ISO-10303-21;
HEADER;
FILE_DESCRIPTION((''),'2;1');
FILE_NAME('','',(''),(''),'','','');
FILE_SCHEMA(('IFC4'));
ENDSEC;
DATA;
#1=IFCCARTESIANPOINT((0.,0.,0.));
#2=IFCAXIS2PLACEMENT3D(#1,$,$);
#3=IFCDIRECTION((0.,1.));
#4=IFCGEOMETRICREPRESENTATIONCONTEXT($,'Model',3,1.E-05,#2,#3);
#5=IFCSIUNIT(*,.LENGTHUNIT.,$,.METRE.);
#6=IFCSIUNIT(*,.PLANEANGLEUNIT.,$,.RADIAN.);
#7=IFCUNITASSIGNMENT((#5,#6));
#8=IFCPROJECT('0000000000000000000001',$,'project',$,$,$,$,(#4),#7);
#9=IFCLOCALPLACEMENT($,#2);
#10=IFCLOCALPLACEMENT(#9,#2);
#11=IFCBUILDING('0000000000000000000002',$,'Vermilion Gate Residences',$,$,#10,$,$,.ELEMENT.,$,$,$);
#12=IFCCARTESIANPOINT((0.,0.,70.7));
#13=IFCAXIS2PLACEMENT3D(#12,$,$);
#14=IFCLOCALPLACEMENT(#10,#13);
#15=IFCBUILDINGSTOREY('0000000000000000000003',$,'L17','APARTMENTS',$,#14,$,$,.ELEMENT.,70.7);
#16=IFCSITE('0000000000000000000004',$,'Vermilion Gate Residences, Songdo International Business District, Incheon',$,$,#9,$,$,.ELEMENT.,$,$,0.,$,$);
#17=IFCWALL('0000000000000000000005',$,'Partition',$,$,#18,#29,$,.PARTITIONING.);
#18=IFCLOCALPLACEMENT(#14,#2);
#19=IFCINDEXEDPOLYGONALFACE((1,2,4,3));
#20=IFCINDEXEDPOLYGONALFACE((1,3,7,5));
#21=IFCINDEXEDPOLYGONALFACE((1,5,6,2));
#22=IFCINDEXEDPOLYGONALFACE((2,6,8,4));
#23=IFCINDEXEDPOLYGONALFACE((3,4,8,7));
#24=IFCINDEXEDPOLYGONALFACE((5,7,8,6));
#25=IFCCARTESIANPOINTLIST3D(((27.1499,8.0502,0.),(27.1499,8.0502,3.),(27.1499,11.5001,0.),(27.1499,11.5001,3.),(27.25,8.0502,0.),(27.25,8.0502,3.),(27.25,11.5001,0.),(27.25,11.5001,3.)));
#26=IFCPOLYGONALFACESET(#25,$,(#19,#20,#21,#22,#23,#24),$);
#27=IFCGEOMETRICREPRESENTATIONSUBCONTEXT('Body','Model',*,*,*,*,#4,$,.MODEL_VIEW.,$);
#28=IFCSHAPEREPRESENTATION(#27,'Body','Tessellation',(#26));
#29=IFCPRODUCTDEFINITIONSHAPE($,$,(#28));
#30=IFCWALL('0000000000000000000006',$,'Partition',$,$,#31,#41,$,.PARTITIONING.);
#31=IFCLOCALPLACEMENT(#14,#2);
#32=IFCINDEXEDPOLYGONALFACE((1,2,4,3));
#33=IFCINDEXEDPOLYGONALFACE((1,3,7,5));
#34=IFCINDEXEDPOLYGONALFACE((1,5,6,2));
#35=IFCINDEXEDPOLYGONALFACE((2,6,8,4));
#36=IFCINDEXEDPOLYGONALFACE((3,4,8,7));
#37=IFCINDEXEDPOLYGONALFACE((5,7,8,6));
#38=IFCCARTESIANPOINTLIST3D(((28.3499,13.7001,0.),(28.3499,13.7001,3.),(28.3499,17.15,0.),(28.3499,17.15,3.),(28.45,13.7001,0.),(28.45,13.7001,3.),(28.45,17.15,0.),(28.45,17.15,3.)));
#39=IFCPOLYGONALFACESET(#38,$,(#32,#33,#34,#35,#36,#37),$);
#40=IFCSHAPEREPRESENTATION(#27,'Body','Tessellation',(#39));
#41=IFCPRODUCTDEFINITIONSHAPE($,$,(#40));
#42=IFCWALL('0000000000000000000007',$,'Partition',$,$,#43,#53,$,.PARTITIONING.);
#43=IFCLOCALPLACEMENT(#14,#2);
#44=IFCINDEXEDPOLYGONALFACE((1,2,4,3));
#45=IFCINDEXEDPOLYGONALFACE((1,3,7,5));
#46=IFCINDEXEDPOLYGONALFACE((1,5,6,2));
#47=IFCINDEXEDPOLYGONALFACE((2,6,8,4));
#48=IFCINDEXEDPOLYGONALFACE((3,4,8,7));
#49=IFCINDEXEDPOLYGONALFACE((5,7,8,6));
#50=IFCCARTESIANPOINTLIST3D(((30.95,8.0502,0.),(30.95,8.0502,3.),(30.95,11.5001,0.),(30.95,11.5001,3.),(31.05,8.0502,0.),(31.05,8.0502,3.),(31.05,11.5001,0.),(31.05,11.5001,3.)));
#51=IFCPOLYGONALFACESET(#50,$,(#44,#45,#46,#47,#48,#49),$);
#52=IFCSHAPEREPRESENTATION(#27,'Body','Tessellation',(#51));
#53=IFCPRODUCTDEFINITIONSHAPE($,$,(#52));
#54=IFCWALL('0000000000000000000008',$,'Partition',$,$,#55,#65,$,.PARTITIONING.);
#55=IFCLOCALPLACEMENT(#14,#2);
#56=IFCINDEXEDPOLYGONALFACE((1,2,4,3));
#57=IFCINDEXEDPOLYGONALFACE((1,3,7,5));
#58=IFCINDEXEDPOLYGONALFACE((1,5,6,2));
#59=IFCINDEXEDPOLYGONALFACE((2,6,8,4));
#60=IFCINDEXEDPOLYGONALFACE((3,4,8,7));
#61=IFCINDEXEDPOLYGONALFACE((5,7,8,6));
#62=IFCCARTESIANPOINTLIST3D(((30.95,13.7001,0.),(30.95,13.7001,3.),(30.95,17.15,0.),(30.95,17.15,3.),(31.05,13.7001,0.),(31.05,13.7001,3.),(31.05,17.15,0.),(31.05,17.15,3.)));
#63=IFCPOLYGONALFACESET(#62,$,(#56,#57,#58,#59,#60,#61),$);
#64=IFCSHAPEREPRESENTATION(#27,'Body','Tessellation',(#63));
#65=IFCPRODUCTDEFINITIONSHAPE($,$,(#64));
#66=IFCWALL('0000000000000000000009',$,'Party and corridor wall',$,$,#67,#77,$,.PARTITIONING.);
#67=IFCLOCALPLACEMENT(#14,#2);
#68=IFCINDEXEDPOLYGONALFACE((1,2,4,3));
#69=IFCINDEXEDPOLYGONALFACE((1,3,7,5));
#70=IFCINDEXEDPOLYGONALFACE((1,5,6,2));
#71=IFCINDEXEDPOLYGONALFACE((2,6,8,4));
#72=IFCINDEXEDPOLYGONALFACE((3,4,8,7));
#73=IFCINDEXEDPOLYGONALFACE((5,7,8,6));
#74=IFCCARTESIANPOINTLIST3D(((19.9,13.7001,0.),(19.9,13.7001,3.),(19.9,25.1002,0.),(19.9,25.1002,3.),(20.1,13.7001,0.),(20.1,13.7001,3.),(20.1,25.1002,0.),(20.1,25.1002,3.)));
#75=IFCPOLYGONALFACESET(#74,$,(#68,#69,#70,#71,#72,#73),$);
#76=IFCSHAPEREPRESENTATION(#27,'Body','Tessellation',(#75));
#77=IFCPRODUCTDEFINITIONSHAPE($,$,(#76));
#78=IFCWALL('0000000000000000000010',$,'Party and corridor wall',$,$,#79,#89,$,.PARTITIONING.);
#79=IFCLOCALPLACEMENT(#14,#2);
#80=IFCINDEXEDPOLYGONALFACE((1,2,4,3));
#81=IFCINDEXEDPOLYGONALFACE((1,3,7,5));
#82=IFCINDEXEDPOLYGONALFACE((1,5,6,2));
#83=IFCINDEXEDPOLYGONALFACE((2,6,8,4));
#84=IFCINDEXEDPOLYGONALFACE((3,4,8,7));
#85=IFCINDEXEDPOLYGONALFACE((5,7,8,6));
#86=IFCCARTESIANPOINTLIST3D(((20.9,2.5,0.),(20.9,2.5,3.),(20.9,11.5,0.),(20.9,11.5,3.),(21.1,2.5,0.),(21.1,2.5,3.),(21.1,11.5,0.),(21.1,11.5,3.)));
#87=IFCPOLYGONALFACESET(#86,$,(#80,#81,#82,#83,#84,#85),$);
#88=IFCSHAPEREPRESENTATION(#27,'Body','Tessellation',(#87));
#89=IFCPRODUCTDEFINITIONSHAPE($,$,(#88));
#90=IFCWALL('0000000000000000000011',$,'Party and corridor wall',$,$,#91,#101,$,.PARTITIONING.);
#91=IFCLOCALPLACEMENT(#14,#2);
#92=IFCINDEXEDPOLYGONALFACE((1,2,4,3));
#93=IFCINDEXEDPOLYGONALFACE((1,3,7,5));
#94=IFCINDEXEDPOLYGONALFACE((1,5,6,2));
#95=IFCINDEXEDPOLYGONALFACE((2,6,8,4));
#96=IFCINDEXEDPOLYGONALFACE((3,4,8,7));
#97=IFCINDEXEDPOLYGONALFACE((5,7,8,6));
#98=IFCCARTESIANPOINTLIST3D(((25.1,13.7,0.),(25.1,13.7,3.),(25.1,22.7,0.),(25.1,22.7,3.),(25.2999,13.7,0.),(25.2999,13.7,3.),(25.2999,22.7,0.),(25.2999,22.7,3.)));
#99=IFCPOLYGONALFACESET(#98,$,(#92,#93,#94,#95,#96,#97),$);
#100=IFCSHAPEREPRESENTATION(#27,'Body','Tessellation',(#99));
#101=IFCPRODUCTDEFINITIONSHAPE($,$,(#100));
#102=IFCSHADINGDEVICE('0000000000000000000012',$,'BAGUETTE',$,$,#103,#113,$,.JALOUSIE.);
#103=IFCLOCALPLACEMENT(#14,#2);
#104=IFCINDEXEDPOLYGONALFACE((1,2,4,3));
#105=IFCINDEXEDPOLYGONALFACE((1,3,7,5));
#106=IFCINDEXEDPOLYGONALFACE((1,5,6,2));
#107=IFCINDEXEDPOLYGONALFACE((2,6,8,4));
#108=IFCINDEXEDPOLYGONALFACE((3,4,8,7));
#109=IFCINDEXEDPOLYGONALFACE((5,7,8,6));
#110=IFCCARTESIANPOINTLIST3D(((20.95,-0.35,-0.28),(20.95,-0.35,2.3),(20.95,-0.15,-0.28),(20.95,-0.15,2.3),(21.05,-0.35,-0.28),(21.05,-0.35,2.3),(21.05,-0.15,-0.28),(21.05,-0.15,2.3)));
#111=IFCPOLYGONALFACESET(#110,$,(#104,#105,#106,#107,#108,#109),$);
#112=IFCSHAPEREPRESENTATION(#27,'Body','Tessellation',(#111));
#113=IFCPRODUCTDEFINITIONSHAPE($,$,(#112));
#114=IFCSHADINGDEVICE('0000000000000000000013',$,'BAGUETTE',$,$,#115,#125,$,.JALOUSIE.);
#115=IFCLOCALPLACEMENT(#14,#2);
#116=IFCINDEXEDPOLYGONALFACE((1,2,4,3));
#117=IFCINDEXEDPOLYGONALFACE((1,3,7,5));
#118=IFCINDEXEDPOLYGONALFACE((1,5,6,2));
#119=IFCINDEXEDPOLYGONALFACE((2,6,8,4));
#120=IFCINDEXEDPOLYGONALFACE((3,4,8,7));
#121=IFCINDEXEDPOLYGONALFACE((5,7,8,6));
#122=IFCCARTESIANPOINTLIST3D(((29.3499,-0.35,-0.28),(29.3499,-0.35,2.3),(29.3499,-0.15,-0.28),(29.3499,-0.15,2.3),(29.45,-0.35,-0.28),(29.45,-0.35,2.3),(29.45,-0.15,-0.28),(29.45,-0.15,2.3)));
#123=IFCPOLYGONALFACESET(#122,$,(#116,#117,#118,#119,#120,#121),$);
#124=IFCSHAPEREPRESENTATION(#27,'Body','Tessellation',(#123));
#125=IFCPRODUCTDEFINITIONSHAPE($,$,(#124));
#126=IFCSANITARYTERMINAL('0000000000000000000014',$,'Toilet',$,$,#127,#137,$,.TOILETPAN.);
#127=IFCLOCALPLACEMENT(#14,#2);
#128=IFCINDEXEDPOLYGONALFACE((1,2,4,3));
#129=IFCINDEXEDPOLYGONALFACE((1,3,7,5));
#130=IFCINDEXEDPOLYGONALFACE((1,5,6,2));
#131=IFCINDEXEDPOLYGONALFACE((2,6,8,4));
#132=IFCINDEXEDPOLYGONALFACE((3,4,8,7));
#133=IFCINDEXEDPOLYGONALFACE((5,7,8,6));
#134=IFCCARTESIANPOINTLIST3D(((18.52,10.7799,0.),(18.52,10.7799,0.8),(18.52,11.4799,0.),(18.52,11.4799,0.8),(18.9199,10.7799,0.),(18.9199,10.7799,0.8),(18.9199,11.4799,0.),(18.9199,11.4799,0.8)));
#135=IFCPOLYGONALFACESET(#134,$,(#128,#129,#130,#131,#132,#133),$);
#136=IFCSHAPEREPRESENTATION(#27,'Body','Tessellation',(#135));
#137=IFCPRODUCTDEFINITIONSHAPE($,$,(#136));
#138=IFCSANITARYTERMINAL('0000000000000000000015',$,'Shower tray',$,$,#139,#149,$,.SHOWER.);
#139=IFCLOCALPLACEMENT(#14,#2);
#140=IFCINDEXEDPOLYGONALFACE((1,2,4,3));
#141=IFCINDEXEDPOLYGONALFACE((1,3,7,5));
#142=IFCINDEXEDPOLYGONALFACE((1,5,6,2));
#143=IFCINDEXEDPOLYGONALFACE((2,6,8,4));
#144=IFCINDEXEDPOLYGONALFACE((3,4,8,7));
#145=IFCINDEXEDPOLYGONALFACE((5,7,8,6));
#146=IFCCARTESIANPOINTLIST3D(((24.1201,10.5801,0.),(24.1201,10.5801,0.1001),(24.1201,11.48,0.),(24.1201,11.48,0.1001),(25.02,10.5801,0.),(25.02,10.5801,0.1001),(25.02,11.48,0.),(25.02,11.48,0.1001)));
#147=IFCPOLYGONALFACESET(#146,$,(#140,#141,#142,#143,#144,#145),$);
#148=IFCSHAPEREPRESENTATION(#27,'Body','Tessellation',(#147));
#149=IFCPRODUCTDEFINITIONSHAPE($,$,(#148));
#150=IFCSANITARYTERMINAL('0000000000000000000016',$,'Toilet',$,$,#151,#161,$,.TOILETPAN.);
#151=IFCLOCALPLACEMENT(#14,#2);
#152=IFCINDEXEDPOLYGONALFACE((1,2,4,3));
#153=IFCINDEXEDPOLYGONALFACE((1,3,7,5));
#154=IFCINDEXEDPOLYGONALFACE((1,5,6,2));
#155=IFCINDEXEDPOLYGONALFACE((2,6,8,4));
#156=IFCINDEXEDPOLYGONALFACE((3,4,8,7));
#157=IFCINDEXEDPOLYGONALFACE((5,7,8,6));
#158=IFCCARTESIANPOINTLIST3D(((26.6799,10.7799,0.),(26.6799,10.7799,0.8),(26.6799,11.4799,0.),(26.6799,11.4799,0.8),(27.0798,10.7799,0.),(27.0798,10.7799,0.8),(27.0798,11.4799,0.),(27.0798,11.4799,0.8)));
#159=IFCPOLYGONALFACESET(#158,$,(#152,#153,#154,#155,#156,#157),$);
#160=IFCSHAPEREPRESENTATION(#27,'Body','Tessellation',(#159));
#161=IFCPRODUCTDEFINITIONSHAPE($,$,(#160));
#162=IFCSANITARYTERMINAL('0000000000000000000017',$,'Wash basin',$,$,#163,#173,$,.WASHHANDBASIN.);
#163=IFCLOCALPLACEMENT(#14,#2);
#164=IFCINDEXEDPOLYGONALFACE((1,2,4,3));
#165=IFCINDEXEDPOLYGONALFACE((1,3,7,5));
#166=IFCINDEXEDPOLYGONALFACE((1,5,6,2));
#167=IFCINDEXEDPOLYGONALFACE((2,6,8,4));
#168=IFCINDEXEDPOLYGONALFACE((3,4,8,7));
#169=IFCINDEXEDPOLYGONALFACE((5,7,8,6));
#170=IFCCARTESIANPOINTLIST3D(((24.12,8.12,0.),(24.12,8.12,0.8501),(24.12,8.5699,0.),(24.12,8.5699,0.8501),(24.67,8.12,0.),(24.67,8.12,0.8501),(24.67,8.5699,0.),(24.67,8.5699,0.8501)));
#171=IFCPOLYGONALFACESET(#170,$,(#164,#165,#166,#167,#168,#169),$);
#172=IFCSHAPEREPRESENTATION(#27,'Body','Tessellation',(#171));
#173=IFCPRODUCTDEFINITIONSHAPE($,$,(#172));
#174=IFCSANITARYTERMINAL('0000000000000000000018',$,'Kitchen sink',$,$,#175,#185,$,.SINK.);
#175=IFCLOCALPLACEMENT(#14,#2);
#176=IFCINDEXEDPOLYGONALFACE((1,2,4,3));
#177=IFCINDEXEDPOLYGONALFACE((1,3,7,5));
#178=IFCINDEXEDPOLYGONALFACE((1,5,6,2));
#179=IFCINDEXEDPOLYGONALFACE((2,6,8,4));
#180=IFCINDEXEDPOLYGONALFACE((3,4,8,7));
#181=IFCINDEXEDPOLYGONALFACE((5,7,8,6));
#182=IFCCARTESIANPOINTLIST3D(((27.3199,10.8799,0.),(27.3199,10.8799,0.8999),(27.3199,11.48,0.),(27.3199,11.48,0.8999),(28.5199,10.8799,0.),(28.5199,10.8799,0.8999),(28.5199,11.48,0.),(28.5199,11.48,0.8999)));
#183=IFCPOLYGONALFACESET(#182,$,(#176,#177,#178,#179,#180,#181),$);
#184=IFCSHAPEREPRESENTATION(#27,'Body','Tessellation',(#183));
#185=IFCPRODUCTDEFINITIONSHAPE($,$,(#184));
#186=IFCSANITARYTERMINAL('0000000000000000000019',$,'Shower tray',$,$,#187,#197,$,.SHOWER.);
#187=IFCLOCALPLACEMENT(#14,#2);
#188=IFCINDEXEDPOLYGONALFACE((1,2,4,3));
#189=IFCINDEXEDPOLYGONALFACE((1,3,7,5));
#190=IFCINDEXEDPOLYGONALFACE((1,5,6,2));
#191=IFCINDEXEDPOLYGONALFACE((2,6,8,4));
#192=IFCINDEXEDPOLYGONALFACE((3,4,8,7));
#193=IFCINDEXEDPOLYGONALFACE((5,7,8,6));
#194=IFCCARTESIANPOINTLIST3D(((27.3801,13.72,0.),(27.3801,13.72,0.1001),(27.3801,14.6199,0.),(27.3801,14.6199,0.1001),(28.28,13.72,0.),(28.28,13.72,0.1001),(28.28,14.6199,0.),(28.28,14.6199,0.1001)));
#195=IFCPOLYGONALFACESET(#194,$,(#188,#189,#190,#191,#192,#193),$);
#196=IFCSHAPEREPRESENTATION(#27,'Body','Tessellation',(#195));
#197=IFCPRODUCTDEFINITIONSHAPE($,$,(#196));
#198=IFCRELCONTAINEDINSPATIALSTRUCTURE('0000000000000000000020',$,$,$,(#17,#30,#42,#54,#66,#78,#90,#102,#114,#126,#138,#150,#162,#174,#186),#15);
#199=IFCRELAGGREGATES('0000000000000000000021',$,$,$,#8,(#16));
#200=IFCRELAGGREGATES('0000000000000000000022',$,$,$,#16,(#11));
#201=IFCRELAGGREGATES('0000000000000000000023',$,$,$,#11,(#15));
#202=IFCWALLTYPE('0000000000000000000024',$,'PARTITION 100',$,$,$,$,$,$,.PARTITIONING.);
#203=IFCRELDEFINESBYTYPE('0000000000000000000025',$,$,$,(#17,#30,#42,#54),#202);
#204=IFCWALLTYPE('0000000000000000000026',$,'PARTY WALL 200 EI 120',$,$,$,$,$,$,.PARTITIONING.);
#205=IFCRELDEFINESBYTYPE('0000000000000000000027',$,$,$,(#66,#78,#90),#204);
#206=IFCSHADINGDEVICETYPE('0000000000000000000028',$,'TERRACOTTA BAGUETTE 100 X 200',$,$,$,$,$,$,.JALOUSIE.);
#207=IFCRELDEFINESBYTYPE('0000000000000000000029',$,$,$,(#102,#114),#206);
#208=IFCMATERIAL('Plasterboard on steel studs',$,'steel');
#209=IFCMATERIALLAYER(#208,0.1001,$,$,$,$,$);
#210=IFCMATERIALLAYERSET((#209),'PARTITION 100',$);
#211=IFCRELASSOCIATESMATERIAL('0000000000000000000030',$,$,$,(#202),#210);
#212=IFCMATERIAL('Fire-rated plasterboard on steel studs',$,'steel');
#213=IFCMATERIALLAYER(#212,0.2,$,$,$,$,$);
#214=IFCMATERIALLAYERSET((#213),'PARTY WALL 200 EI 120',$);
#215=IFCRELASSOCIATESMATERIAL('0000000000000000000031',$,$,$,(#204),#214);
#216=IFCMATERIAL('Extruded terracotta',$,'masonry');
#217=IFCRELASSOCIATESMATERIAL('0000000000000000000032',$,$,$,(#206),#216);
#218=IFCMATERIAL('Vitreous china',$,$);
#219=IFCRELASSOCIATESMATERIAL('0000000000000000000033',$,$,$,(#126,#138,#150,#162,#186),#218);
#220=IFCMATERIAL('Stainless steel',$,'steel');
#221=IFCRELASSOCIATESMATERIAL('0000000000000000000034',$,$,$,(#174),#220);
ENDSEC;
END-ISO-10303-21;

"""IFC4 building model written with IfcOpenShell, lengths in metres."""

from ifc_helpers import new_model, si_unit, direction, frame, frame_2d, origin, origin_2d, place, context, subcontext, project, spatial, rectangle, extrude, material, layer, layer_set, material_profile, profile_set, type_object, element, save


model = new_model("IFC4")

# Units and contexts
model_context = context("Model", 3, precision=1e-05, world=origin(), true_north=direction((0.0, 1.0)))
body_context = subcontext(model_context, "Body", "Model", "MODEL_VIEW")
ifc_project = project(units=[si_unit("LENGTHUNIT", "METRE"), si_unit("PLANEANGLEUNIT", "RADIAN")], contexts=[model_context])

# Site, building, storey
site_placement = place(None, origin())
site = spatial("IfcSite", under=ifc_project, at=site_placement, Name="Vermilion Gate Residences, Songdo International Business District, Incheon", CompositionType="ELEMENT", RefElevation=0.0)
building_placement = place(site_placement, origin())
building = spatial("IfcBuilding", under=site, at=building_placement, Name="Vermilion Gate Residences", CompositionType="ELEMENT")
storey_placement = place(building_placement, frame((0.0, 0.0, 70.7)))
storey = spatial("IfcBuildingStorey", under=building, at=storey_placement, Name="L17", Description="APARTMENTS", CompositionType="ELEMENT", Elevation=70.7)

# Shared definitions
ifc_material_1 = material(Name="Plasterboard on steel studs", Category="steel")
ifc_layer_1 = layer(ifc_material_1, 0.1001)
ifc_layer_set_1 = layer_set([ifc_layer_1], Name="PARTITION 100")
wall_type_1 = type_object("IfcWallType", Name="PARTITION 100", PredefinedType="PARTITIONING", material=ifc_layer_set_1)

# Walls
for number, where, z_axis, x_axis, name in (
    (1, (27.2, 8.05, 0.0), (0.0, 0.0, 1.0), (0.0, 1.0, 0.0), "Partition"),
    (2, (28.3999, 13.7, 0.0), (0.0, 0.0, 1.0), (0.0, 1.0, 0.0), "Partition"),
    (3, (31.0, 8.05, 0.0), (0.0, 0.0, 1.0), (0.0, 1.0, 0.0), "Partition"),
    (4, (31.0, 13.7, 0.0), (0.0, 0.0, 1.0), (0.0, 1.0, 0.0), "Partition"),
):
    element("IfcWall", number, at=place(storey_placement, frame(where, z_axis=z_axis, x_axis=x_axis)), inside=storey, type_object=wall_type_1, Name=name, PredefinedType="PARTITIONING", context=body_context, shape_type="SweptSolid", body=[
        extrude(rectangle(XDim=3.45, YDim=0.1001, at=frame_2d((1.7251, 0.0))), origin(), (0.0, 0.0, 1.0), 3.0),
    ])
ifc_material_2 = material(Name="Fire-rated plasterboard on steel studs", Category="steel")
ifc_layer_2 = layer(ifc_material_2, 0.2)
ifc_layer_set_2 = layer_set([ifc_layer_2], Name="PARTY WALL 200 EI 120")
wall_type_2 = type_object("IfcWallType", Name="PARTY WALL 200 EI 120", PredefinedType="PARTITIONING", material=ifc_layer_set_2)
wall_1_placement = place(storey_placement, frame((20.0, 13.7, 0.0), z_axis=(0.0, 0.0, 1.0), x_axis=(0.0, 1.0, 0.0)))
element("IfcWall", 5, at=wall_1_placement, inside=storey, type_object=wall_type_2, Name="Party and corridor wall", PredefinedType="PARTITIONING", context=body_context, shape_type="SweptSolid", body=[
    extrude(rectangle(XDim=11.4001, YDim=0.2, at=frame_2d((5.7002, 0.0))), origin(), (0.0, 0.0, 1.0), 3.0),
])
for number, where, z_axis, x_axis, name in (
    (6, (21.0, 2.5, 0.0), (0.0, 0.0, 1.0), (0.0, 1.0, 0.0), "Party and corridor wall"),
    (7, (25.2, 13.7, 0.0), (0.0, 0.0, 1.0), (0.0, 1.0, 0.0), "Party and corridor wall"),
):
    element("IfcWall", number, at=place(storey_placement, frame(where, z_axis=z_axis, x_axis=x_axis)), inside=storey, type_object=wall_type_2, Name=name, PredefinedType="PARTITIONING", context=body_context, shape_type="SweptSolid", body=[
        extrude(rectangle(XDim=9.0, YDim=0.2, at=frame_2d((4.5, 0.0))), origin(), (0.0, 0.0, 1.0), 3.0),
    ])

# Shading devices
ifc_material_3 = material(Name="Extruded terracotta", Category="masonry")
ifc_material_profile_1 = material_profile(ifc_material_3, rectangle(XDim=0.2, YDim=0.1001, at=origin_2d()), Name="BAGUETTE 100 X 200")
ifc_profile_set_1 = profile_set([ifc_material_profile_1], Name="Extruded terracotta")
shading_device_type = type_object("IfcShadingDeviceType", Name="TERRACOTTA BAGUETTE 100 X 200", PredefinedType="JALOUSIE", material=ifc_profile_set_1)
for number, where, z_axis, x_axis, name in (
    (8, (21.0, -0.25, -0.28), (0.0, 0.0, 1.0), (0.0, 1.0, 0.0), "BAGUETTE"),
    (9, (29.3999, -0.25, -0.28), (0.0, 0.0, 1.0), (0.0, 1.0, 0.0), "BAGUETTE"),
):
    element("IfcShadingDevice", number, at=place(storey_placement, frame(where, z_axis=z_axis, x_axis=x_axis)), inside=storey, type_object=shading_device_type, Name=name, PredefinedType="JALOUSIE", context=body_context, shape_type="SweptSolid", body=[
        extrude(rectangle(XDim=0.2, YDim=0.1001, at=origin_2d()), origin(), (0.0, 0.0, 1.0), 2.5801),
    ])

# Sanitary terminals
ifc_material_4 = material(Name="Vitreous china")
sanitary_terminal_1_placement = place(storey_placement, frame((18.72, 11.1299, 0.0), z_axis=(0.0, 0.0, 1.0), x_axis=(1.0, 0.0, 0.0)))
element("IfcSanitaryTerminal", 10, at=sanitary_terminal_1_placement, inside=storey, material=ifc_material_4, Name="Toilet", PredefinedType="TOILETPAN", context=body_context, shape_type="SweptSolid", body=[
    extrude(rectangle(XDim=0.3999, YDim=0.7, at=origin_2d()), origin(), (0.0, 0.0, 1.0), 0.8),
])
sanitary_terminal_2_placement = place(storey_placement, frame((24.5701, 11.03, 0.0), z_axis=(0.0, 0.0, 1.0), x_axis=(1.0, 0.0, 0.0)))
element("IfcSanitaryTerminal", 11, at=sanitary_terminal_2_placement, inside=storey, material=ifc_material_4, Name="Shower tray", PredefinedType="SHOWER", context=body_context, shape_type="SweptSolid", body=[
    extrude(rectangle(XDim=0.8999, YDim=0.8999, at=origin_2d()), origin(), (0.0, 0.0, 1.0), 0.1001),
])
sanitary_terminal_3_placement = place(storey_placement, frame((26.8799, 11.1299, 0.0), z_axis=(0.0, 0.0, 1.0), x_axis=(1.0, 0.0, 0.0)))
element("IfcSanitaryTerminal", 12, at=sanitary_terminal_3_placement, inside=storey, material=ifc_material_4, Name="Toilet", PredefinedType="TOILETPAN", context=body_context, shape_type="SweptSolid", body=[
    extrude(rectangle(XDim=0.3999, YDim=0.7, at=origin_2d()), origin(), (0.0, 0.0, 1.0), 0.8),
])
sanitary_terminal_4_placement = place(storey_placement, frame((24.395, 8.345, 0.0), z_axis=(0.0, 0.0, 1.0), x_axis=(1.0, 0.0, 0.0)))
element("IfcSanitaryTerminal", 13, at=sanitary_terminal_4_placement, inside=storey, material=ifc_material_4, Name="Wash basin", PredefinedType="WASHHANDBASIN", context=body_context, shape_type="SweptSolid", body=[
    extrude(rectangle(XDim=0.55, YDim=0.45, at=origin_2d()), origin(), (0.0, 0.0, 1.0), 0.8501),
])
ifc_material_5 = material(Name="Stainless steel", Category="steel")
sanitary_terminal_5_placement = place(storey_placement, frame((27.9199, 11.1799, 0.0), z_axis=(0.0, 0.0, 1.0), x_axis=(1.0, 0.0, 0.0)))
element("IfcSanitaryTerminal", 14, at=sanitary_terminal_5_placement, inside=storey, material=ifc_material_5, Name="Kitchen sink", PredefinedType="SINK", context=body_context, shape_type="SweptSolid", body=[
    extrude(rectangle(XDim=1.2, YDim=0.6001, at=origin_2d()), origin(), (0.0, 0.0, 1.0), 0.8999),
])
sanitary_terminal_6_placement = place(storey_placement, frame((27.8301, 14.1699, 0.0), z_axis=(0.0, 0.0, 1.0), x_axis=(1.0, 0.0, 0.0)))
element("IfcSanitaryTerminal", 15, at=sanitary_terminal_6_placement, inside=storey, material=ifc_material_4, Name="Shower tray", PredefinedType="SHOWER", context=body_context, shape_type="SweptSolid", body=[
    extrude(rectangle(XDim=0.8999, YDim=0.8999, at=origin_2d()), origin(), (0.0, 0.0, 1.0), 0.1001),
])

save(model, "model.ifc")
